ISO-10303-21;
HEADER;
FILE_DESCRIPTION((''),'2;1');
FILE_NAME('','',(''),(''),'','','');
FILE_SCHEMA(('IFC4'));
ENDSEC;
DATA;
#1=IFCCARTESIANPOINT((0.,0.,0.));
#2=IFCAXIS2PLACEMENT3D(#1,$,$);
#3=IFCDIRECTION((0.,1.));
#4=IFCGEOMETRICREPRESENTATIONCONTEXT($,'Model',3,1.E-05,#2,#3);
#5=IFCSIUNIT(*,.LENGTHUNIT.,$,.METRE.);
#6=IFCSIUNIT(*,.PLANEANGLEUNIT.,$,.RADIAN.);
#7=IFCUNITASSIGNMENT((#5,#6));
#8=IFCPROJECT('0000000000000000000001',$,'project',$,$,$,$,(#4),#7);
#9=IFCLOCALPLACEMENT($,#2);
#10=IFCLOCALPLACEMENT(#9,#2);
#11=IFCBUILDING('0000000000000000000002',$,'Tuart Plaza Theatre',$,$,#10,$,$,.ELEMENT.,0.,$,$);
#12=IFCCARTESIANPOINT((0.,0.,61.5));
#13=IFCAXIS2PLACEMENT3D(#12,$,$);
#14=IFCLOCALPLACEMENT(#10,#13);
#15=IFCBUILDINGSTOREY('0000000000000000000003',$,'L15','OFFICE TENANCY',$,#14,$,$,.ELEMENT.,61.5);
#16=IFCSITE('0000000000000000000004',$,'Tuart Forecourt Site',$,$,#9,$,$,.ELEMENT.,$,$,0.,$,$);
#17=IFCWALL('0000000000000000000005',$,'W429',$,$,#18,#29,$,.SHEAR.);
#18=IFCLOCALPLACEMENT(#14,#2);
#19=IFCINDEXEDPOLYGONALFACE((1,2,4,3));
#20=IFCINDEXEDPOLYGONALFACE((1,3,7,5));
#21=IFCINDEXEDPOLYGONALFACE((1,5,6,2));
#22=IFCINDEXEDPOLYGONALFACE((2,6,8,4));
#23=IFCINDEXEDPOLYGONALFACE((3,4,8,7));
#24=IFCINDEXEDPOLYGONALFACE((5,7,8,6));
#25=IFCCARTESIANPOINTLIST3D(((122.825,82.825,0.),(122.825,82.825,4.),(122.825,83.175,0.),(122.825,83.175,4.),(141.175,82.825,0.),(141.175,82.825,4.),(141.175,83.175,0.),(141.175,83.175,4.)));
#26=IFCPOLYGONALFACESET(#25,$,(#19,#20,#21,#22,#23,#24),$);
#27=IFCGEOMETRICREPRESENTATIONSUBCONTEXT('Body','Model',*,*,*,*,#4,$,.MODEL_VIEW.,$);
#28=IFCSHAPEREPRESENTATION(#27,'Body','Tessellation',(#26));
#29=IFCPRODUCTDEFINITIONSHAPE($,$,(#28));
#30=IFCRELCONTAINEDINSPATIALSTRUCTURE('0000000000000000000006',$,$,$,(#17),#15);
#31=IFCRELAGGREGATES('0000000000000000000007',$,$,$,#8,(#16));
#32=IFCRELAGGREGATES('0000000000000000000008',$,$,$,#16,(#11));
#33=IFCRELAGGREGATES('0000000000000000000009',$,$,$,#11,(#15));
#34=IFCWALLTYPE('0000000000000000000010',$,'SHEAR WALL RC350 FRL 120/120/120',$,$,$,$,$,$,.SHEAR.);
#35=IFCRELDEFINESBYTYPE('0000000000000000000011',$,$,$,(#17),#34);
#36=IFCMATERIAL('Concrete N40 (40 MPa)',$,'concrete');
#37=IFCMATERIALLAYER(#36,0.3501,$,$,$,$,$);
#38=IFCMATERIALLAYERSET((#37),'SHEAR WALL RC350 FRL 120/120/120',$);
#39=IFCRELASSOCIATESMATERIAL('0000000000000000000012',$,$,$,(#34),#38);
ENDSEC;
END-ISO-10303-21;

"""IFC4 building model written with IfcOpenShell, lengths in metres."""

from ifc_helpers import new_model, si_unit, direction, frame, frame_2d, origin, place, context, subcontext, project, spatial, rectangle, extrude, material, layer, layer_set, type_object, element, save


model = new_model("IFC4")

# Units and contexts
model_context = context("Model", 3, precision=1e-05, world=origin(), true_north=direction((0.0, 1.0)))
body_context = subcontext(model_context, "Body", "Model", "MODEL_VIEW")
ifc_project = project(units=[si_unit("LENGTHUNIT", "METRE"), si_unit("PLANEANGLEUNIT", "RADIAN")], contexts=[model_context])

# Site, building, storey
site_placement = place(None, origin())
site = spatial("IfcSite", under=ifc_project, at=site_placement, Name="Tuart Forecourt Site", CompositionType="ELEMENT", RefElevation=0.0)
building_placement = place(site_placement, origin())
building = spatial("IfcBuilding", under=site, at=building_placement, Name="Tuart Plaza Theatre", CompositionType="ELEMENT", ElevationOfRefHeight=0.0)
storey_placement = place(building_placement, frame((0.0, 0.0, 61.5)))
storey = spatial("IfcBuildingStorey", under=building, at=storey_placement, Name="L15", Description="OFFICE TENANCY", CompositionType="ELEMENT", Elevation=61.5)

# Wall
ifc_material_1 = material(Name="Concrete N40 (40 MPa)", Category="concrete")
ifc_layer_1 = layer(ifc_material_1, 0.3501)
ifc_layer_set_1 = layer_set([ifc_layer_1], Name="SHEAR WALL RC350 FRL 120/120/120")
wall_type_1 = type_object("IfcWallType", Name="SHEAR WALL RC350 FRL 120/120/120", PredefinedType="SHEAR", material=ifc_layer_set_1)
wall_1_placement = place(storey_placement, frame((141.175, 83.0, 0.0), z_axis=(0.0, 0.0, 1.0), x_axis=(-1.0, 0.0, 0.0)))
element("IfcWall", 1, at=wall_1_placement, inside=storey, type_object=wall_type_1, Name="W429", PredefinedType="SHEAR", context=body_context, shape_type="SweptSolid", body=[
    extrude(rectangle(XDim=18.3501, YDim=0.3501, at=frame_2d((9.175, 0.0))), origin(), (0.0, 0.0, 1.0), 4.0),
])

save(model, "model.ifc")
